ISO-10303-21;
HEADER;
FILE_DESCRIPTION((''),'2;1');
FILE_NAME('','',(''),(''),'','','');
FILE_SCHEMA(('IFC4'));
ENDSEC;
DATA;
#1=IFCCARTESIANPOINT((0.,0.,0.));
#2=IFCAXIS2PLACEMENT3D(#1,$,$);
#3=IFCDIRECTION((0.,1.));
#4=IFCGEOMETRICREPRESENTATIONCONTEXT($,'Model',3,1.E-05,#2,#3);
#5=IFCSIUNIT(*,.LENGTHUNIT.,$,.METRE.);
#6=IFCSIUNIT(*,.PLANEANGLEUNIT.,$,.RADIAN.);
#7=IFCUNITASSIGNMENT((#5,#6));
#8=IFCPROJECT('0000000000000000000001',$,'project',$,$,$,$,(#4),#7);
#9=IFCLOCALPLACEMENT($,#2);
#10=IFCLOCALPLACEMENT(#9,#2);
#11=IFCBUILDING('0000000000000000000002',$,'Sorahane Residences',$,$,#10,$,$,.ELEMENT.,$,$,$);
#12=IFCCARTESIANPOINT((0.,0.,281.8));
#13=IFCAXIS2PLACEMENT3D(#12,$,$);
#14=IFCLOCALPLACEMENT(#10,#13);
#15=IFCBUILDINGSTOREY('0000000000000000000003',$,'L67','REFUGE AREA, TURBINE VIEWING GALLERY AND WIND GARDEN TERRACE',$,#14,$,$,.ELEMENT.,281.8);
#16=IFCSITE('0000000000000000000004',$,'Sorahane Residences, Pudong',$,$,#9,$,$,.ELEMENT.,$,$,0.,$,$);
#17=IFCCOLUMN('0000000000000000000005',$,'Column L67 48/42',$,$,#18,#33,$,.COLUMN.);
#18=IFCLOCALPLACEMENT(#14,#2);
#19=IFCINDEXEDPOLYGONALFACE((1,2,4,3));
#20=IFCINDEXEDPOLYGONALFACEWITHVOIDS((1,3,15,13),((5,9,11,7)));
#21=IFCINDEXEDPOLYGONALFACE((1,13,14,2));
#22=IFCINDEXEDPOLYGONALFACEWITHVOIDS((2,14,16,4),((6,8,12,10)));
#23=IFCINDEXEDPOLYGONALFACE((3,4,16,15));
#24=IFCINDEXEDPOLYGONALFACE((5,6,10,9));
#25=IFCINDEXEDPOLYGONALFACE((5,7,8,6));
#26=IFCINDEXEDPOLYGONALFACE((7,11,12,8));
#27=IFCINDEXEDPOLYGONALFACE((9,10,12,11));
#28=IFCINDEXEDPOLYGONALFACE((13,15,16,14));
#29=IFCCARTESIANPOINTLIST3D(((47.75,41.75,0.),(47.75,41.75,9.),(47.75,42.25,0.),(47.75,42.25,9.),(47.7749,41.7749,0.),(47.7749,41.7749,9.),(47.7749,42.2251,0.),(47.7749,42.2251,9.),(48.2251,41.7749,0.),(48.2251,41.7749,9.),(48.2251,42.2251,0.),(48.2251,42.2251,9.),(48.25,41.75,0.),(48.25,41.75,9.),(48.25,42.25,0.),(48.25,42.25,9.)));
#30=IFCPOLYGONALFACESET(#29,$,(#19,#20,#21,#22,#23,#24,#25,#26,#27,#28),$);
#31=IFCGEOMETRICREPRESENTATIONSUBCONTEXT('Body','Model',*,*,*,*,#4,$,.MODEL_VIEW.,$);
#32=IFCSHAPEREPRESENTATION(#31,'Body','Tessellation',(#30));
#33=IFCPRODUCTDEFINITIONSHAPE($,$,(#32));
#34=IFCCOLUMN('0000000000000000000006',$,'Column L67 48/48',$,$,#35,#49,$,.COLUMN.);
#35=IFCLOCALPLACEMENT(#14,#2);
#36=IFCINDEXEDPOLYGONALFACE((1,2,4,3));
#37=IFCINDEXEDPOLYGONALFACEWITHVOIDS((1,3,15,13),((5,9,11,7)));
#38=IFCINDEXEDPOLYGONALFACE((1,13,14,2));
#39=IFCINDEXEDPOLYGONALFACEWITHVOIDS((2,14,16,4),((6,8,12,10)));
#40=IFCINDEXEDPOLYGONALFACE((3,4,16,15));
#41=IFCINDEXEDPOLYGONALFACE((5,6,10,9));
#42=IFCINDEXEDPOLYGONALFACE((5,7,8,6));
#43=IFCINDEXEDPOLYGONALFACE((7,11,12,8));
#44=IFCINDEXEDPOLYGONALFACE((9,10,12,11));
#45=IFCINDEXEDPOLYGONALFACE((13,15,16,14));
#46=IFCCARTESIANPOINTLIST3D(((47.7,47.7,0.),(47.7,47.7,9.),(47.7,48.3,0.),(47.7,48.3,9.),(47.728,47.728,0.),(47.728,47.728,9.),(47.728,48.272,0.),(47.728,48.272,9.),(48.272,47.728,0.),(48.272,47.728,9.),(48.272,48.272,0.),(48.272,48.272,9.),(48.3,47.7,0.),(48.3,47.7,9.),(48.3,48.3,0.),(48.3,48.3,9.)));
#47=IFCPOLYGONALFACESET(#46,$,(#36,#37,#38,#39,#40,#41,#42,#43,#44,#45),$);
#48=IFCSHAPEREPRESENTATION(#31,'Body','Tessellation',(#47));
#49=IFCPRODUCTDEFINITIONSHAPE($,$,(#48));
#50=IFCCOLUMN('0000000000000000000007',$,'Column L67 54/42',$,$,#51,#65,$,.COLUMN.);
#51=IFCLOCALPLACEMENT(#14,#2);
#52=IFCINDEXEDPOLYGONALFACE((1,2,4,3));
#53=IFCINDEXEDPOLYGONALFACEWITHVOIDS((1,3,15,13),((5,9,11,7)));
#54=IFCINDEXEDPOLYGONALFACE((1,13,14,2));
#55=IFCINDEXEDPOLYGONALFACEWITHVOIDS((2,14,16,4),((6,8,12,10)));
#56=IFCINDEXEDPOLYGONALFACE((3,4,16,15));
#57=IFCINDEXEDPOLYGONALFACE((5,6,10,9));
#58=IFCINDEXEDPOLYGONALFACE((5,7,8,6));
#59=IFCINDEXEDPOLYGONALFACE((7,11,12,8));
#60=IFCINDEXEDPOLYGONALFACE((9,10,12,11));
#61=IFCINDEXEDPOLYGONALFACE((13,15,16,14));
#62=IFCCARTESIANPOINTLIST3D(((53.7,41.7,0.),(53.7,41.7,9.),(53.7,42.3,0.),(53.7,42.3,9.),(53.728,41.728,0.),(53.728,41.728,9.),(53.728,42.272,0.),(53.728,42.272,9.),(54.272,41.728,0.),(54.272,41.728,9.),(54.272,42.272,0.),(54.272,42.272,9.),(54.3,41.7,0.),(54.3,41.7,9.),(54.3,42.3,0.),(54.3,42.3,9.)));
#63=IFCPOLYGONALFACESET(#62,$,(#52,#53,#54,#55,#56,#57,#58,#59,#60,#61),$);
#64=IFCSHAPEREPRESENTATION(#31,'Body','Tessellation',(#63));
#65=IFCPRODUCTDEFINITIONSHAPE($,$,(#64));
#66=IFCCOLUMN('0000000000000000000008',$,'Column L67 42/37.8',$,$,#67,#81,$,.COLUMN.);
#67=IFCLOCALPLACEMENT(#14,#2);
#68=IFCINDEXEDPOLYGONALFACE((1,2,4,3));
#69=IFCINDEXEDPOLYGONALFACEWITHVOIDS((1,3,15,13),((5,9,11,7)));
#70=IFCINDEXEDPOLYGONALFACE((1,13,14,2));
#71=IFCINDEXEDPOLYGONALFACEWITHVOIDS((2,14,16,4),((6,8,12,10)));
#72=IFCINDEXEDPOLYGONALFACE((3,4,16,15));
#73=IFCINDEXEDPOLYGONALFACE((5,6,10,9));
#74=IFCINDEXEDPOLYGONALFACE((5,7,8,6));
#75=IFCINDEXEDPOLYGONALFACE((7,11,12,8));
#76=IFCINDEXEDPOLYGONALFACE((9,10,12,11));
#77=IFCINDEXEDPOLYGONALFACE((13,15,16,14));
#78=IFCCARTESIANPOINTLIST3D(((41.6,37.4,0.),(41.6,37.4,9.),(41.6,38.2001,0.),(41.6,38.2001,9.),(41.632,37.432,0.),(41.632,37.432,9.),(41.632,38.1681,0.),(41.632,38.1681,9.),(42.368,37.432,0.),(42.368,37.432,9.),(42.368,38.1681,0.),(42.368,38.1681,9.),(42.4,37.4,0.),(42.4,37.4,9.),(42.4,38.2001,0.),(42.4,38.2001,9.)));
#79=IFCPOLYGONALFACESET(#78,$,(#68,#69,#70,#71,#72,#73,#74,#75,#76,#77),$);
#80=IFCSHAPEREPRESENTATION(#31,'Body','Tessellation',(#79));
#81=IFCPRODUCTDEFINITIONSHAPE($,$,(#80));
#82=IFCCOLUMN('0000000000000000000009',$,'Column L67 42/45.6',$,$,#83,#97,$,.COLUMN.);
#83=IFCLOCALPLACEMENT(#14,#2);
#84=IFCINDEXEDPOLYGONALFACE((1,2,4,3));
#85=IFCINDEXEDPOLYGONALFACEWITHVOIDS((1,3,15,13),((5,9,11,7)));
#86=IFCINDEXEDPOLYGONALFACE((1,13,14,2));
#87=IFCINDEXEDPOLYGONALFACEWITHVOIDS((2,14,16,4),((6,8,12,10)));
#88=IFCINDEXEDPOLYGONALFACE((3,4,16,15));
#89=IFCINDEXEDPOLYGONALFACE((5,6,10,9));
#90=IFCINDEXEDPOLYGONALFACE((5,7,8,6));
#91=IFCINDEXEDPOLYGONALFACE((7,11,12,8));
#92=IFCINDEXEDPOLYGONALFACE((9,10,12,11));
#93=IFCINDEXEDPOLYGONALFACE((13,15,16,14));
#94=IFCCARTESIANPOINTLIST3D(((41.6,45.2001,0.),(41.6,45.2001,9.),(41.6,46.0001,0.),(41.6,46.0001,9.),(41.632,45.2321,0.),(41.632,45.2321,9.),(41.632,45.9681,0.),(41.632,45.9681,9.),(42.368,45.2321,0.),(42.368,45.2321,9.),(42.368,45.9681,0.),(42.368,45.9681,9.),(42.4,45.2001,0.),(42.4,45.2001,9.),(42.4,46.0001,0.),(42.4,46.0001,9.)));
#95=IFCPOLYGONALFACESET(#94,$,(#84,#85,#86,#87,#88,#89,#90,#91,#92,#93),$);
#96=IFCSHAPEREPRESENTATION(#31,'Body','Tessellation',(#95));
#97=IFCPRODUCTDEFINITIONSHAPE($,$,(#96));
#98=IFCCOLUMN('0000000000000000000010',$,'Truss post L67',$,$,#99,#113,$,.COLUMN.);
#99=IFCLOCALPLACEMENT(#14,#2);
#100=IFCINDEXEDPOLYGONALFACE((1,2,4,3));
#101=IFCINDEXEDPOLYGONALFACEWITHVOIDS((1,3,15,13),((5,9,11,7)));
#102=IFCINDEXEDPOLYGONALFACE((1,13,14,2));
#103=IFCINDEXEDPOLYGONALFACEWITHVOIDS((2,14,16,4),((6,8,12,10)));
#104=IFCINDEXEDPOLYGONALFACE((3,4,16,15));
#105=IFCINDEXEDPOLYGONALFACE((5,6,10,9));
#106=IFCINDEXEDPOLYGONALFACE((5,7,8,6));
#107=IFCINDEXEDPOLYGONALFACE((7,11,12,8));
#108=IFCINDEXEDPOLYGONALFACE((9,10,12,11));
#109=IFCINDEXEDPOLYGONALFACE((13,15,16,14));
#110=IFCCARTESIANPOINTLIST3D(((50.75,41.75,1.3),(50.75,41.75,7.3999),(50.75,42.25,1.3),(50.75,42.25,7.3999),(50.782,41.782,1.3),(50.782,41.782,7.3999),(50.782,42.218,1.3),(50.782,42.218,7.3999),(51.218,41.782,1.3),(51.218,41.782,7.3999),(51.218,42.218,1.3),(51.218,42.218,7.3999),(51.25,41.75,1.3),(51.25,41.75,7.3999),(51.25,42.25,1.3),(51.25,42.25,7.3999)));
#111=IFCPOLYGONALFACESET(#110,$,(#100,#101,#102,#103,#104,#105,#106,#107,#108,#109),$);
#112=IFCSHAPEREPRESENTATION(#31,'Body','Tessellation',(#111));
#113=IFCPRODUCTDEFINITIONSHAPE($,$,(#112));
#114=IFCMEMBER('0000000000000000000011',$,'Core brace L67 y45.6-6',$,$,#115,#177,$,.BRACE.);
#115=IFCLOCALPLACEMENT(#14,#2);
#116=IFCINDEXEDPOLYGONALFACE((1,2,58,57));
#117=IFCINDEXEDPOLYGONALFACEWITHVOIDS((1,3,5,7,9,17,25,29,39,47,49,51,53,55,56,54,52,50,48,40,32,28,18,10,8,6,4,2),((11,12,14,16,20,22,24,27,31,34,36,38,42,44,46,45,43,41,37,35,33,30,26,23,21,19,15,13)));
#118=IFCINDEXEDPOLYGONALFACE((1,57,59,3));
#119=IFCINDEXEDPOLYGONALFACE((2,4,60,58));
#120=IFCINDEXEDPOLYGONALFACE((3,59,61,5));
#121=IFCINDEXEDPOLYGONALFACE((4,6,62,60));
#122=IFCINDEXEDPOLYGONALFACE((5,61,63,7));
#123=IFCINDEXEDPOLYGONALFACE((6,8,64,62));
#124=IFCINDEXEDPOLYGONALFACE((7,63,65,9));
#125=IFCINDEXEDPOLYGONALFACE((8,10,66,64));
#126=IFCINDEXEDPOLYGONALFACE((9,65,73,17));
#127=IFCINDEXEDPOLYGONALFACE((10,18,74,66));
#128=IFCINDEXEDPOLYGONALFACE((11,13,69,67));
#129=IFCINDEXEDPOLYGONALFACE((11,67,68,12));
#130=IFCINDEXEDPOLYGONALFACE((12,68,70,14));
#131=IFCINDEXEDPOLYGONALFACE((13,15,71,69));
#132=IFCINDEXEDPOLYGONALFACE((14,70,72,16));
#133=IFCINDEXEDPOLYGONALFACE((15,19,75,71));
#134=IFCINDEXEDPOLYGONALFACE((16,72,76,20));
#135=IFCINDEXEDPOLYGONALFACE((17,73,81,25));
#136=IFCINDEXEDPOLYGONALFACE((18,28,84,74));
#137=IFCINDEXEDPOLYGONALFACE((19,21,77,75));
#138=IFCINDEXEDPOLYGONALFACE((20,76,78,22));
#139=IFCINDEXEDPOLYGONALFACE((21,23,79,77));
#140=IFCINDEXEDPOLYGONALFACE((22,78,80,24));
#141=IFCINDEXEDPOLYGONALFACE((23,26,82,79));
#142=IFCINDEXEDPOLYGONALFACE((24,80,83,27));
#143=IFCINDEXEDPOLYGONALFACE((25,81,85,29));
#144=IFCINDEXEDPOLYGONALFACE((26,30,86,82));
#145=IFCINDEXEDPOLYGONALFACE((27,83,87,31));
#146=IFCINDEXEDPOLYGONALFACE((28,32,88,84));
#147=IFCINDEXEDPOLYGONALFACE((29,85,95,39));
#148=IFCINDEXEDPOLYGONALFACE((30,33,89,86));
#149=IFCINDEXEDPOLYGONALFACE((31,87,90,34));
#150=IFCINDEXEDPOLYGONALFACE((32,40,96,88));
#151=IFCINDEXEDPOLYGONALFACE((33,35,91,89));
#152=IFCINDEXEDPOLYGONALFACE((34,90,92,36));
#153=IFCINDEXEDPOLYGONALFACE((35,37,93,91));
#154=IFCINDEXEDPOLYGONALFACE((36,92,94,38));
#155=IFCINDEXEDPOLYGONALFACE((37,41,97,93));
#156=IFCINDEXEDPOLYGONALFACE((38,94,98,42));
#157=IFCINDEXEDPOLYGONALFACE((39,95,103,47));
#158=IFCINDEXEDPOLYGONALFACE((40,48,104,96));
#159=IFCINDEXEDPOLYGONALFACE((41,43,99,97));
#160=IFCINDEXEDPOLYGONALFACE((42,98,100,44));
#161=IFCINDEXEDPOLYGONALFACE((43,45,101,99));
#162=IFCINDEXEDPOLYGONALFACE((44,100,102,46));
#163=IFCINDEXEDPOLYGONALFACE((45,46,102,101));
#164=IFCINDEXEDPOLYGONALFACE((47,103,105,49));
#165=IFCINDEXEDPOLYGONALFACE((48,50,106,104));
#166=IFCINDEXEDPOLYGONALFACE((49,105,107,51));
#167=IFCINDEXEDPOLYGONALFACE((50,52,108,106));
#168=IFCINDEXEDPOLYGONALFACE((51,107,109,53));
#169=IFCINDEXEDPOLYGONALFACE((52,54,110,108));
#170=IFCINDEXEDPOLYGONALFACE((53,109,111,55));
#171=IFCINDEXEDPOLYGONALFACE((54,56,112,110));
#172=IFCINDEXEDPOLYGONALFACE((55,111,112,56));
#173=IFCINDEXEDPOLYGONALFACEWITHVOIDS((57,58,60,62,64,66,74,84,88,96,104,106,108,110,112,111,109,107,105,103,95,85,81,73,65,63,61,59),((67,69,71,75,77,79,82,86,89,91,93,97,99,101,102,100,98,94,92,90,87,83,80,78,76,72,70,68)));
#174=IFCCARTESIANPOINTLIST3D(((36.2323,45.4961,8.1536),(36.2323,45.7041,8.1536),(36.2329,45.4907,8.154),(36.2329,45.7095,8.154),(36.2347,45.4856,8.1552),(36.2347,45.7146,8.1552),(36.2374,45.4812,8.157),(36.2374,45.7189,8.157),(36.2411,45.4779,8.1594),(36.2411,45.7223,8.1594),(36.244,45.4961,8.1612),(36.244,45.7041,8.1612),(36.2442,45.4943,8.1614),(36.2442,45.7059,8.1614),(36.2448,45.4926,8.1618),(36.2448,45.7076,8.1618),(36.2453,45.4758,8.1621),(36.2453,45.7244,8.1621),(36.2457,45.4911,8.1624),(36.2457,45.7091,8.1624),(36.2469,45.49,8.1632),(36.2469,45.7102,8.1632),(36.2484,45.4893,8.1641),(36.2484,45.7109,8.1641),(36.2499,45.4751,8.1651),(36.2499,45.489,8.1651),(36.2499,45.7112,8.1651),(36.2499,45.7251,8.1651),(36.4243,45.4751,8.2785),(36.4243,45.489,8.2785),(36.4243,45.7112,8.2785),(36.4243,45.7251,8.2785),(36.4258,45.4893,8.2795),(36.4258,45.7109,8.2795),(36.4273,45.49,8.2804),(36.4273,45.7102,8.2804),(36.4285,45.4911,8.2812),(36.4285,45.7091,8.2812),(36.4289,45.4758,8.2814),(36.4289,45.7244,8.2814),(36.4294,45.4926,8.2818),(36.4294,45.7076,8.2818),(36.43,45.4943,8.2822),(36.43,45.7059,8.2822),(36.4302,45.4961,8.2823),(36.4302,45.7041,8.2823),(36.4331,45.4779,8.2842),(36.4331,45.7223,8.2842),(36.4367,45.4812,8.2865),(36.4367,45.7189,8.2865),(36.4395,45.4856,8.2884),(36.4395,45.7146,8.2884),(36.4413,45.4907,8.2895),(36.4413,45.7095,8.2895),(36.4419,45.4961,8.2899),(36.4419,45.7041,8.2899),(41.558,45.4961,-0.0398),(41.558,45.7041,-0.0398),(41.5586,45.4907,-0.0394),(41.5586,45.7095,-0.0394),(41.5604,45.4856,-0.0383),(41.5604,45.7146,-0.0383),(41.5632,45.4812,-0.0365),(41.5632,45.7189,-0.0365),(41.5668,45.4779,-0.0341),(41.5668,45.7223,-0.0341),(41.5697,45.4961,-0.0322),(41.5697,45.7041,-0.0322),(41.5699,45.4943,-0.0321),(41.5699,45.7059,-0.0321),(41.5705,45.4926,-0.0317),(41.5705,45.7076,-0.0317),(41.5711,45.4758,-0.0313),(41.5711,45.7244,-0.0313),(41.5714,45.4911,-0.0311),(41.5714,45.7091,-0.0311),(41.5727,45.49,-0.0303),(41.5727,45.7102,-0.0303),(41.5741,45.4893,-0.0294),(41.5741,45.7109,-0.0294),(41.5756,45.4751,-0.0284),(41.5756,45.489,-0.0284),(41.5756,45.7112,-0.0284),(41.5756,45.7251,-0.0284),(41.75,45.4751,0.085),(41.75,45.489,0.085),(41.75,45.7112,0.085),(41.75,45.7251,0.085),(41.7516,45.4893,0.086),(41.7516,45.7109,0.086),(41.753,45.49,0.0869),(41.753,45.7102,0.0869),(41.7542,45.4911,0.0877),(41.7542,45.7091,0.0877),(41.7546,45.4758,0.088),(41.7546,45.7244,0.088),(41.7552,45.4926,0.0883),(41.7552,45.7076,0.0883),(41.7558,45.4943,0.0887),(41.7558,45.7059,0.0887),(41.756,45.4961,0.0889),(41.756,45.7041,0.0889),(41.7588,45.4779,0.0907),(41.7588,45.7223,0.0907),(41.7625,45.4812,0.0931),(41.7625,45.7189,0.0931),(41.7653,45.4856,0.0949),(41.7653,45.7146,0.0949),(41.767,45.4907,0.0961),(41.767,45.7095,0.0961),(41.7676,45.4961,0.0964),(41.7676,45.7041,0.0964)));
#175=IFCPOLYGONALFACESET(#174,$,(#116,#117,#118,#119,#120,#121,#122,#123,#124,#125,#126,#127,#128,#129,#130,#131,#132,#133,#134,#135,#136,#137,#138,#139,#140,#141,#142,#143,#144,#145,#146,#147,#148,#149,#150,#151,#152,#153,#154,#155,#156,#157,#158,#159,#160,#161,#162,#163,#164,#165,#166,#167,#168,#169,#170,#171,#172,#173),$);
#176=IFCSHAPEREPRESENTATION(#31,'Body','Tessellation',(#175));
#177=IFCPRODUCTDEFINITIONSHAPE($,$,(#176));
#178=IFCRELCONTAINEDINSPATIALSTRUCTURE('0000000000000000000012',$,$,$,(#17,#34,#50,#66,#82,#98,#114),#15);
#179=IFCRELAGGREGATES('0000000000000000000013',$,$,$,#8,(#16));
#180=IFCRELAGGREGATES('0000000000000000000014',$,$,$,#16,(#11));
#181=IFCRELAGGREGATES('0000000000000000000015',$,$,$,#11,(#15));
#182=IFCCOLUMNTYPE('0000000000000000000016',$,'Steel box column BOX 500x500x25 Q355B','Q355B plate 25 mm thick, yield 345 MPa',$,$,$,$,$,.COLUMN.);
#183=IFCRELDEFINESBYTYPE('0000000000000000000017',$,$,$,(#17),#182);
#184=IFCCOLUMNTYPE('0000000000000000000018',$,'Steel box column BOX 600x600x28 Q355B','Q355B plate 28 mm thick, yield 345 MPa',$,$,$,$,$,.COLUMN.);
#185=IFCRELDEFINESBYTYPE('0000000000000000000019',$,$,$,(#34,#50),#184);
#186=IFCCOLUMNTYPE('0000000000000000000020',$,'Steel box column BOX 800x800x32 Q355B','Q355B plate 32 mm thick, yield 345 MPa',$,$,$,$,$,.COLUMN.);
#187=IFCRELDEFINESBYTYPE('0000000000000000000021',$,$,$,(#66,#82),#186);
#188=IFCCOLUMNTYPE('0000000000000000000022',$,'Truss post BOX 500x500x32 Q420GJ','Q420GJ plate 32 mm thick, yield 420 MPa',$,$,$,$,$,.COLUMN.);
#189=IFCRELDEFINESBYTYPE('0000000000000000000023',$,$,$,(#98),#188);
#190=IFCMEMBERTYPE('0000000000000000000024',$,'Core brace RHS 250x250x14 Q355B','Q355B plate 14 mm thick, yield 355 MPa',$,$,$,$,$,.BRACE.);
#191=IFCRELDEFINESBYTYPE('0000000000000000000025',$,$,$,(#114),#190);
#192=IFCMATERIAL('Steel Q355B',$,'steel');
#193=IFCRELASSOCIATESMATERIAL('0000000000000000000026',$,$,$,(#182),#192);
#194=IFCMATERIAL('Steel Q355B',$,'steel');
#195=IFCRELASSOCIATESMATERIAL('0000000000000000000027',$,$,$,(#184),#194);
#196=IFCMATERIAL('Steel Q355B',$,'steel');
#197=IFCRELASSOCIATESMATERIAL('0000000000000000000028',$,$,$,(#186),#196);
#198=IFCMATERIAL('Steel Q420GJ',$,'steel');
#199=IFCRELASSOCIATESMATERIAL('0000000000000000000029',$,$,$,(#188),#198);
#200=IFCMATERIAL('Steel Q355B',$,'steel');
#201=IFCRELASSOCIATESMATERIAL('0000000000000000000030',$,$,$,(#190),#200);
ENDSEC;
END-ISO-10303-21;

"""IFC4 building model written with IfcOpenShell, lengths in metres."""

from ifc_helpers import new_model, si_unit, direction, frame, origin, origin_2d, place, context, subcontext, project, spatial, hollow_rectangle, extrude, material, material_profile, profile_set, type_object, element, save


model = new_model("IFC4")

# Units and contexts
model_context = context("Model", 3, precision=1e-05, world=origin(), true_north=direction((0.0, 1.0)))
body_context = subcontext(model_context, "Body", "Model", "MODEL_VIEW")
ifc_project = project(units=[si_unit("LENGTHUNIT", "METRE"), si_unit("PLANEANGLEUNIT", "RADIAN")], contexts=[model_context])

# Site, building, storey
site_placement = place(None, origin())
site = spatial("IfcSite", under=ifc_project, at=site_placement, Name="Sorahane Residences, Pudong", CompositionType="ELEMENT", RefElevation=0.0)
building_placement = place(site_placement, origin())
building = spatial("IfcBuilding", under=site, at=building_placement, Name="Sorahane Residences", CompositionType="ELEMENT")
storey_placement = place(building_placement, frame((0.0, 0.0, 281.8)))
storey = spatial("IfcBuildingStorey", under=building, at=storey_placement, Name="L67", Description="REFUGE AREA, TURBINE VIEWING GALLERY AND WIND GARDEN TERRACE", CompositionType="ELEMENT", Elevation=281.8)

# Columns
ifc_material_1 = material(Name="Steel Q355B", Category="steel")
ifc_material_profile_1 = material_profile(ifc_material_1, hollow_rectangle(XDim=0.5, YDim=0.5, WallThickness=0.0249, at=origin_2d()), Name="BOX 500x500x25")
ifc_profile_set_1 = profile_set([ifc_material_profile_1], Name="Steel Q355B")
column_type_1 = type_object("IfcColumnType", Name="Steel box column BOX 500x500x25 Q355B", Description="Q355B plate 25 mm thick, yield 345 MPa", PredefinedType="COLUMN", material=ifc_profile_set_1)
column_1_placement = place(storey_placement, frame((48.0, 42.0, 0.0), z_axis=(0.0, 0.0, 1.0), x_axis=(1.0, 0.0, 0.0)))
element("IfcColumn", 1, at=column_1_placement, inside=storey, type_object=column_type_1, Name="Column L67 48/42", PredefinedType="COLUMN", context=body_context, shape_type="SweptSolid", body=[
    extrude(hollow_rectangle(XDim=0.5, YDim=0.5, WallThickness=0.0249, at=origin_2d()), origin(), (0.0, 0.0, 1.0), 9.0),
])
ifc_material_2 = material(Name="Steel Q355B", Category="steel")
ifc_material_profile_2 = material_profile(ifc_material_2, hollow_rectangle(XDim=0.6001, YDim=0.6001, WallThickness=0.0281, at=origin_2d()), Name="BOX 600x600x28")
ifc_profile_set_2 = profile_set([ifc_material_profile_2], Name="Steel Q355B")
column_type_2 = type_object("IfcColumnType", Name="Steel box column BOX 600x600x28 Q355B", Description="Q355B plate 28 mm thick, yield 345 MPa", PredefinedType="COLUMN", material=ifc_profile_set_2)
for number, where, z_axis, x_axis, name in (
    (2, (48.0, 48.0, 0.0), (0.0, 0.0, 1.0), (1.0, 0.0, 0.0), "Column L67 48/48"),
    (3, (54.0, 42.0, 0.0), (0.0, 0.0, 1.0), (1.0, 0.0, 0.0), "Column L67 54/42"),
):
    element("IfcColumn", number, at=place(storey_placement, frame(where, z_axis=z_axis, x_axis=x_axis)), inside=storey, type_object=column_type_2, Name=name, PredefinedType="COLUMN", context=body_context, shape_type="SweptSolid", body=[
        extrude(hollow_rectangle(XDim=0.6001, YDim=0.6001, WallThickness=0.0281, at=origin_2d()), origin(), (0.0, 0.0, 1.0), 9.0),
    ])
ifc_material_3 = material(Name="Steel Q355B", Category="steel")
ifc_material_profile_3 = material_profile(ifc_material_3, hollow_rectangle(XDim=0.8, YDim=0.8, WallThickness=0.032, at=origin_2d()), Name="BOX 800x800x32")
ifc_profile_set_3 = profile_set([ifc_material_profile_3], Name="Steel Q355B")
column_type_3 = type_object("IfcColumnType", Name="Steel box column BOX 800x800x32 Q355B", Description="Q355B plate 32 mm thick, yield 345 MPa", PredefinedType="COLUMN", material=ifc_profile_set_3)
for number, where, z_axis, x_axis, name in (
    (4, (42.0, 37.8, 0.0), (0.0, 0.0, 1.0), (1.0, 0.0, 0.0), "Column L67 42/37.8"),
    (5, (42.0, 45.6001, 0.0), (0.0, 0.0, 1.0), (1.0, 0.0, 0.0), "Column L67 42/45.6"),
):
    element("IfcColumn", number, at=place(storey_placement, frame(where, z_axis=z_axis, x_axis=x_axis)), inside=storey, type_object=column_type_3, Name=name, PredefinedType="COLUMN", context=body_context, shape_type="SweptSolid", body=[
        extrude(hollow_rectangle(XDim=0.8, YDim=0.8, WallThickness=0.032, at=origin_2d()), origin(), (0.0, 0.0, 1.0), 9.0),
    ])
ifc_material_4 = material(Name="Steel Q420GJ", Category="steel")
ifc_material_profile_4 = material_profile(ifc_material_4, hollow_rectangle(XDim=0.5, YDim=0.5, WallThickness=0.032, at=origin_2d()), Name="BOX 500x500x32")
ifc_profile_set_4 = profile_set([ifc_material_profile_4], Name="Steel Q420GJ")
column_type_4 = type_object("IfcColumnType", Name="Truss post BOX 500x500x32 Q420GJ", Description="Q420GJ plate 32 mm thick, yield 420 MPa", PredefinedType="COLUMN", material=ifc_profile_set_4)
column_2_placement = place(storey_placement, frame((51.0, 42.0, 1.3), z_axis=(0.0, 0.0, 1.0), x_axis=(1.0, 0.0, 0.0)))
element("IfcColumn", 6, at=column_2_placement, inside=storey, type_object=column_type_4, Name="Truss post L67", PredefinedType="COLUMN", context=body_context, shape_type="SweptSolid", body=[
    extrude(hollow_rectangle(XDim=0.5, YDim=0.5, WallThickness=0.032, at=origin_2d()), origin(), (0.0, 0.0, 1.0), 6.0999),
])

# Member
ifc_material_5 = material(Name="Steel Q355B", Category="steel")
ifc_material_profile_5 = material_profile(ifc_material_5, hollow_rectangle(XDim=0.25, YDim=0.25, WallThickness=0.0139, InnerFilletRadius=0.0071, OuterFilletRadius=0.021, at=origin_2d()), Name="RHS 250x250x14")
ifc_profile_set_5 = profile_set([ifc_material_profile_5], Name="Steel Q355B")
member_type_1 = type_object("IfcMemberType", Name="Core brace RHS 250x250x14 Q355B", Description="Q355B plate 14 mm thick, yield 355 MPa", PredefinedType="BRACE", material=ifc_profile_set_5)
member_1_placement = place(storey_placement, frame((41.6628, 45.6001, 0.0283), z_axis=(-0.544988, 0.0, 0.838444), x_axis=(0.0, -1.0, 0.0)))
element("IfcMember", 7, at=member_1_placement, inside=storey, type_object=member_type_1, Name="Core brace L67 y45.6-6", PredefinedType="BRACE", context=body_context, shape_type="SweptSolid", body=[
    extrude(hollow_rectangle(XDim=0.25, YDim=0.25, WallThickness=0.0139, InnerFilletRadius=0.0071, OuterFilletRadius=0.021, at=origin_2d()), origin(), (0.0, 0.0, 1.0), 9.7722),
])

save(model, "model.ifc")
